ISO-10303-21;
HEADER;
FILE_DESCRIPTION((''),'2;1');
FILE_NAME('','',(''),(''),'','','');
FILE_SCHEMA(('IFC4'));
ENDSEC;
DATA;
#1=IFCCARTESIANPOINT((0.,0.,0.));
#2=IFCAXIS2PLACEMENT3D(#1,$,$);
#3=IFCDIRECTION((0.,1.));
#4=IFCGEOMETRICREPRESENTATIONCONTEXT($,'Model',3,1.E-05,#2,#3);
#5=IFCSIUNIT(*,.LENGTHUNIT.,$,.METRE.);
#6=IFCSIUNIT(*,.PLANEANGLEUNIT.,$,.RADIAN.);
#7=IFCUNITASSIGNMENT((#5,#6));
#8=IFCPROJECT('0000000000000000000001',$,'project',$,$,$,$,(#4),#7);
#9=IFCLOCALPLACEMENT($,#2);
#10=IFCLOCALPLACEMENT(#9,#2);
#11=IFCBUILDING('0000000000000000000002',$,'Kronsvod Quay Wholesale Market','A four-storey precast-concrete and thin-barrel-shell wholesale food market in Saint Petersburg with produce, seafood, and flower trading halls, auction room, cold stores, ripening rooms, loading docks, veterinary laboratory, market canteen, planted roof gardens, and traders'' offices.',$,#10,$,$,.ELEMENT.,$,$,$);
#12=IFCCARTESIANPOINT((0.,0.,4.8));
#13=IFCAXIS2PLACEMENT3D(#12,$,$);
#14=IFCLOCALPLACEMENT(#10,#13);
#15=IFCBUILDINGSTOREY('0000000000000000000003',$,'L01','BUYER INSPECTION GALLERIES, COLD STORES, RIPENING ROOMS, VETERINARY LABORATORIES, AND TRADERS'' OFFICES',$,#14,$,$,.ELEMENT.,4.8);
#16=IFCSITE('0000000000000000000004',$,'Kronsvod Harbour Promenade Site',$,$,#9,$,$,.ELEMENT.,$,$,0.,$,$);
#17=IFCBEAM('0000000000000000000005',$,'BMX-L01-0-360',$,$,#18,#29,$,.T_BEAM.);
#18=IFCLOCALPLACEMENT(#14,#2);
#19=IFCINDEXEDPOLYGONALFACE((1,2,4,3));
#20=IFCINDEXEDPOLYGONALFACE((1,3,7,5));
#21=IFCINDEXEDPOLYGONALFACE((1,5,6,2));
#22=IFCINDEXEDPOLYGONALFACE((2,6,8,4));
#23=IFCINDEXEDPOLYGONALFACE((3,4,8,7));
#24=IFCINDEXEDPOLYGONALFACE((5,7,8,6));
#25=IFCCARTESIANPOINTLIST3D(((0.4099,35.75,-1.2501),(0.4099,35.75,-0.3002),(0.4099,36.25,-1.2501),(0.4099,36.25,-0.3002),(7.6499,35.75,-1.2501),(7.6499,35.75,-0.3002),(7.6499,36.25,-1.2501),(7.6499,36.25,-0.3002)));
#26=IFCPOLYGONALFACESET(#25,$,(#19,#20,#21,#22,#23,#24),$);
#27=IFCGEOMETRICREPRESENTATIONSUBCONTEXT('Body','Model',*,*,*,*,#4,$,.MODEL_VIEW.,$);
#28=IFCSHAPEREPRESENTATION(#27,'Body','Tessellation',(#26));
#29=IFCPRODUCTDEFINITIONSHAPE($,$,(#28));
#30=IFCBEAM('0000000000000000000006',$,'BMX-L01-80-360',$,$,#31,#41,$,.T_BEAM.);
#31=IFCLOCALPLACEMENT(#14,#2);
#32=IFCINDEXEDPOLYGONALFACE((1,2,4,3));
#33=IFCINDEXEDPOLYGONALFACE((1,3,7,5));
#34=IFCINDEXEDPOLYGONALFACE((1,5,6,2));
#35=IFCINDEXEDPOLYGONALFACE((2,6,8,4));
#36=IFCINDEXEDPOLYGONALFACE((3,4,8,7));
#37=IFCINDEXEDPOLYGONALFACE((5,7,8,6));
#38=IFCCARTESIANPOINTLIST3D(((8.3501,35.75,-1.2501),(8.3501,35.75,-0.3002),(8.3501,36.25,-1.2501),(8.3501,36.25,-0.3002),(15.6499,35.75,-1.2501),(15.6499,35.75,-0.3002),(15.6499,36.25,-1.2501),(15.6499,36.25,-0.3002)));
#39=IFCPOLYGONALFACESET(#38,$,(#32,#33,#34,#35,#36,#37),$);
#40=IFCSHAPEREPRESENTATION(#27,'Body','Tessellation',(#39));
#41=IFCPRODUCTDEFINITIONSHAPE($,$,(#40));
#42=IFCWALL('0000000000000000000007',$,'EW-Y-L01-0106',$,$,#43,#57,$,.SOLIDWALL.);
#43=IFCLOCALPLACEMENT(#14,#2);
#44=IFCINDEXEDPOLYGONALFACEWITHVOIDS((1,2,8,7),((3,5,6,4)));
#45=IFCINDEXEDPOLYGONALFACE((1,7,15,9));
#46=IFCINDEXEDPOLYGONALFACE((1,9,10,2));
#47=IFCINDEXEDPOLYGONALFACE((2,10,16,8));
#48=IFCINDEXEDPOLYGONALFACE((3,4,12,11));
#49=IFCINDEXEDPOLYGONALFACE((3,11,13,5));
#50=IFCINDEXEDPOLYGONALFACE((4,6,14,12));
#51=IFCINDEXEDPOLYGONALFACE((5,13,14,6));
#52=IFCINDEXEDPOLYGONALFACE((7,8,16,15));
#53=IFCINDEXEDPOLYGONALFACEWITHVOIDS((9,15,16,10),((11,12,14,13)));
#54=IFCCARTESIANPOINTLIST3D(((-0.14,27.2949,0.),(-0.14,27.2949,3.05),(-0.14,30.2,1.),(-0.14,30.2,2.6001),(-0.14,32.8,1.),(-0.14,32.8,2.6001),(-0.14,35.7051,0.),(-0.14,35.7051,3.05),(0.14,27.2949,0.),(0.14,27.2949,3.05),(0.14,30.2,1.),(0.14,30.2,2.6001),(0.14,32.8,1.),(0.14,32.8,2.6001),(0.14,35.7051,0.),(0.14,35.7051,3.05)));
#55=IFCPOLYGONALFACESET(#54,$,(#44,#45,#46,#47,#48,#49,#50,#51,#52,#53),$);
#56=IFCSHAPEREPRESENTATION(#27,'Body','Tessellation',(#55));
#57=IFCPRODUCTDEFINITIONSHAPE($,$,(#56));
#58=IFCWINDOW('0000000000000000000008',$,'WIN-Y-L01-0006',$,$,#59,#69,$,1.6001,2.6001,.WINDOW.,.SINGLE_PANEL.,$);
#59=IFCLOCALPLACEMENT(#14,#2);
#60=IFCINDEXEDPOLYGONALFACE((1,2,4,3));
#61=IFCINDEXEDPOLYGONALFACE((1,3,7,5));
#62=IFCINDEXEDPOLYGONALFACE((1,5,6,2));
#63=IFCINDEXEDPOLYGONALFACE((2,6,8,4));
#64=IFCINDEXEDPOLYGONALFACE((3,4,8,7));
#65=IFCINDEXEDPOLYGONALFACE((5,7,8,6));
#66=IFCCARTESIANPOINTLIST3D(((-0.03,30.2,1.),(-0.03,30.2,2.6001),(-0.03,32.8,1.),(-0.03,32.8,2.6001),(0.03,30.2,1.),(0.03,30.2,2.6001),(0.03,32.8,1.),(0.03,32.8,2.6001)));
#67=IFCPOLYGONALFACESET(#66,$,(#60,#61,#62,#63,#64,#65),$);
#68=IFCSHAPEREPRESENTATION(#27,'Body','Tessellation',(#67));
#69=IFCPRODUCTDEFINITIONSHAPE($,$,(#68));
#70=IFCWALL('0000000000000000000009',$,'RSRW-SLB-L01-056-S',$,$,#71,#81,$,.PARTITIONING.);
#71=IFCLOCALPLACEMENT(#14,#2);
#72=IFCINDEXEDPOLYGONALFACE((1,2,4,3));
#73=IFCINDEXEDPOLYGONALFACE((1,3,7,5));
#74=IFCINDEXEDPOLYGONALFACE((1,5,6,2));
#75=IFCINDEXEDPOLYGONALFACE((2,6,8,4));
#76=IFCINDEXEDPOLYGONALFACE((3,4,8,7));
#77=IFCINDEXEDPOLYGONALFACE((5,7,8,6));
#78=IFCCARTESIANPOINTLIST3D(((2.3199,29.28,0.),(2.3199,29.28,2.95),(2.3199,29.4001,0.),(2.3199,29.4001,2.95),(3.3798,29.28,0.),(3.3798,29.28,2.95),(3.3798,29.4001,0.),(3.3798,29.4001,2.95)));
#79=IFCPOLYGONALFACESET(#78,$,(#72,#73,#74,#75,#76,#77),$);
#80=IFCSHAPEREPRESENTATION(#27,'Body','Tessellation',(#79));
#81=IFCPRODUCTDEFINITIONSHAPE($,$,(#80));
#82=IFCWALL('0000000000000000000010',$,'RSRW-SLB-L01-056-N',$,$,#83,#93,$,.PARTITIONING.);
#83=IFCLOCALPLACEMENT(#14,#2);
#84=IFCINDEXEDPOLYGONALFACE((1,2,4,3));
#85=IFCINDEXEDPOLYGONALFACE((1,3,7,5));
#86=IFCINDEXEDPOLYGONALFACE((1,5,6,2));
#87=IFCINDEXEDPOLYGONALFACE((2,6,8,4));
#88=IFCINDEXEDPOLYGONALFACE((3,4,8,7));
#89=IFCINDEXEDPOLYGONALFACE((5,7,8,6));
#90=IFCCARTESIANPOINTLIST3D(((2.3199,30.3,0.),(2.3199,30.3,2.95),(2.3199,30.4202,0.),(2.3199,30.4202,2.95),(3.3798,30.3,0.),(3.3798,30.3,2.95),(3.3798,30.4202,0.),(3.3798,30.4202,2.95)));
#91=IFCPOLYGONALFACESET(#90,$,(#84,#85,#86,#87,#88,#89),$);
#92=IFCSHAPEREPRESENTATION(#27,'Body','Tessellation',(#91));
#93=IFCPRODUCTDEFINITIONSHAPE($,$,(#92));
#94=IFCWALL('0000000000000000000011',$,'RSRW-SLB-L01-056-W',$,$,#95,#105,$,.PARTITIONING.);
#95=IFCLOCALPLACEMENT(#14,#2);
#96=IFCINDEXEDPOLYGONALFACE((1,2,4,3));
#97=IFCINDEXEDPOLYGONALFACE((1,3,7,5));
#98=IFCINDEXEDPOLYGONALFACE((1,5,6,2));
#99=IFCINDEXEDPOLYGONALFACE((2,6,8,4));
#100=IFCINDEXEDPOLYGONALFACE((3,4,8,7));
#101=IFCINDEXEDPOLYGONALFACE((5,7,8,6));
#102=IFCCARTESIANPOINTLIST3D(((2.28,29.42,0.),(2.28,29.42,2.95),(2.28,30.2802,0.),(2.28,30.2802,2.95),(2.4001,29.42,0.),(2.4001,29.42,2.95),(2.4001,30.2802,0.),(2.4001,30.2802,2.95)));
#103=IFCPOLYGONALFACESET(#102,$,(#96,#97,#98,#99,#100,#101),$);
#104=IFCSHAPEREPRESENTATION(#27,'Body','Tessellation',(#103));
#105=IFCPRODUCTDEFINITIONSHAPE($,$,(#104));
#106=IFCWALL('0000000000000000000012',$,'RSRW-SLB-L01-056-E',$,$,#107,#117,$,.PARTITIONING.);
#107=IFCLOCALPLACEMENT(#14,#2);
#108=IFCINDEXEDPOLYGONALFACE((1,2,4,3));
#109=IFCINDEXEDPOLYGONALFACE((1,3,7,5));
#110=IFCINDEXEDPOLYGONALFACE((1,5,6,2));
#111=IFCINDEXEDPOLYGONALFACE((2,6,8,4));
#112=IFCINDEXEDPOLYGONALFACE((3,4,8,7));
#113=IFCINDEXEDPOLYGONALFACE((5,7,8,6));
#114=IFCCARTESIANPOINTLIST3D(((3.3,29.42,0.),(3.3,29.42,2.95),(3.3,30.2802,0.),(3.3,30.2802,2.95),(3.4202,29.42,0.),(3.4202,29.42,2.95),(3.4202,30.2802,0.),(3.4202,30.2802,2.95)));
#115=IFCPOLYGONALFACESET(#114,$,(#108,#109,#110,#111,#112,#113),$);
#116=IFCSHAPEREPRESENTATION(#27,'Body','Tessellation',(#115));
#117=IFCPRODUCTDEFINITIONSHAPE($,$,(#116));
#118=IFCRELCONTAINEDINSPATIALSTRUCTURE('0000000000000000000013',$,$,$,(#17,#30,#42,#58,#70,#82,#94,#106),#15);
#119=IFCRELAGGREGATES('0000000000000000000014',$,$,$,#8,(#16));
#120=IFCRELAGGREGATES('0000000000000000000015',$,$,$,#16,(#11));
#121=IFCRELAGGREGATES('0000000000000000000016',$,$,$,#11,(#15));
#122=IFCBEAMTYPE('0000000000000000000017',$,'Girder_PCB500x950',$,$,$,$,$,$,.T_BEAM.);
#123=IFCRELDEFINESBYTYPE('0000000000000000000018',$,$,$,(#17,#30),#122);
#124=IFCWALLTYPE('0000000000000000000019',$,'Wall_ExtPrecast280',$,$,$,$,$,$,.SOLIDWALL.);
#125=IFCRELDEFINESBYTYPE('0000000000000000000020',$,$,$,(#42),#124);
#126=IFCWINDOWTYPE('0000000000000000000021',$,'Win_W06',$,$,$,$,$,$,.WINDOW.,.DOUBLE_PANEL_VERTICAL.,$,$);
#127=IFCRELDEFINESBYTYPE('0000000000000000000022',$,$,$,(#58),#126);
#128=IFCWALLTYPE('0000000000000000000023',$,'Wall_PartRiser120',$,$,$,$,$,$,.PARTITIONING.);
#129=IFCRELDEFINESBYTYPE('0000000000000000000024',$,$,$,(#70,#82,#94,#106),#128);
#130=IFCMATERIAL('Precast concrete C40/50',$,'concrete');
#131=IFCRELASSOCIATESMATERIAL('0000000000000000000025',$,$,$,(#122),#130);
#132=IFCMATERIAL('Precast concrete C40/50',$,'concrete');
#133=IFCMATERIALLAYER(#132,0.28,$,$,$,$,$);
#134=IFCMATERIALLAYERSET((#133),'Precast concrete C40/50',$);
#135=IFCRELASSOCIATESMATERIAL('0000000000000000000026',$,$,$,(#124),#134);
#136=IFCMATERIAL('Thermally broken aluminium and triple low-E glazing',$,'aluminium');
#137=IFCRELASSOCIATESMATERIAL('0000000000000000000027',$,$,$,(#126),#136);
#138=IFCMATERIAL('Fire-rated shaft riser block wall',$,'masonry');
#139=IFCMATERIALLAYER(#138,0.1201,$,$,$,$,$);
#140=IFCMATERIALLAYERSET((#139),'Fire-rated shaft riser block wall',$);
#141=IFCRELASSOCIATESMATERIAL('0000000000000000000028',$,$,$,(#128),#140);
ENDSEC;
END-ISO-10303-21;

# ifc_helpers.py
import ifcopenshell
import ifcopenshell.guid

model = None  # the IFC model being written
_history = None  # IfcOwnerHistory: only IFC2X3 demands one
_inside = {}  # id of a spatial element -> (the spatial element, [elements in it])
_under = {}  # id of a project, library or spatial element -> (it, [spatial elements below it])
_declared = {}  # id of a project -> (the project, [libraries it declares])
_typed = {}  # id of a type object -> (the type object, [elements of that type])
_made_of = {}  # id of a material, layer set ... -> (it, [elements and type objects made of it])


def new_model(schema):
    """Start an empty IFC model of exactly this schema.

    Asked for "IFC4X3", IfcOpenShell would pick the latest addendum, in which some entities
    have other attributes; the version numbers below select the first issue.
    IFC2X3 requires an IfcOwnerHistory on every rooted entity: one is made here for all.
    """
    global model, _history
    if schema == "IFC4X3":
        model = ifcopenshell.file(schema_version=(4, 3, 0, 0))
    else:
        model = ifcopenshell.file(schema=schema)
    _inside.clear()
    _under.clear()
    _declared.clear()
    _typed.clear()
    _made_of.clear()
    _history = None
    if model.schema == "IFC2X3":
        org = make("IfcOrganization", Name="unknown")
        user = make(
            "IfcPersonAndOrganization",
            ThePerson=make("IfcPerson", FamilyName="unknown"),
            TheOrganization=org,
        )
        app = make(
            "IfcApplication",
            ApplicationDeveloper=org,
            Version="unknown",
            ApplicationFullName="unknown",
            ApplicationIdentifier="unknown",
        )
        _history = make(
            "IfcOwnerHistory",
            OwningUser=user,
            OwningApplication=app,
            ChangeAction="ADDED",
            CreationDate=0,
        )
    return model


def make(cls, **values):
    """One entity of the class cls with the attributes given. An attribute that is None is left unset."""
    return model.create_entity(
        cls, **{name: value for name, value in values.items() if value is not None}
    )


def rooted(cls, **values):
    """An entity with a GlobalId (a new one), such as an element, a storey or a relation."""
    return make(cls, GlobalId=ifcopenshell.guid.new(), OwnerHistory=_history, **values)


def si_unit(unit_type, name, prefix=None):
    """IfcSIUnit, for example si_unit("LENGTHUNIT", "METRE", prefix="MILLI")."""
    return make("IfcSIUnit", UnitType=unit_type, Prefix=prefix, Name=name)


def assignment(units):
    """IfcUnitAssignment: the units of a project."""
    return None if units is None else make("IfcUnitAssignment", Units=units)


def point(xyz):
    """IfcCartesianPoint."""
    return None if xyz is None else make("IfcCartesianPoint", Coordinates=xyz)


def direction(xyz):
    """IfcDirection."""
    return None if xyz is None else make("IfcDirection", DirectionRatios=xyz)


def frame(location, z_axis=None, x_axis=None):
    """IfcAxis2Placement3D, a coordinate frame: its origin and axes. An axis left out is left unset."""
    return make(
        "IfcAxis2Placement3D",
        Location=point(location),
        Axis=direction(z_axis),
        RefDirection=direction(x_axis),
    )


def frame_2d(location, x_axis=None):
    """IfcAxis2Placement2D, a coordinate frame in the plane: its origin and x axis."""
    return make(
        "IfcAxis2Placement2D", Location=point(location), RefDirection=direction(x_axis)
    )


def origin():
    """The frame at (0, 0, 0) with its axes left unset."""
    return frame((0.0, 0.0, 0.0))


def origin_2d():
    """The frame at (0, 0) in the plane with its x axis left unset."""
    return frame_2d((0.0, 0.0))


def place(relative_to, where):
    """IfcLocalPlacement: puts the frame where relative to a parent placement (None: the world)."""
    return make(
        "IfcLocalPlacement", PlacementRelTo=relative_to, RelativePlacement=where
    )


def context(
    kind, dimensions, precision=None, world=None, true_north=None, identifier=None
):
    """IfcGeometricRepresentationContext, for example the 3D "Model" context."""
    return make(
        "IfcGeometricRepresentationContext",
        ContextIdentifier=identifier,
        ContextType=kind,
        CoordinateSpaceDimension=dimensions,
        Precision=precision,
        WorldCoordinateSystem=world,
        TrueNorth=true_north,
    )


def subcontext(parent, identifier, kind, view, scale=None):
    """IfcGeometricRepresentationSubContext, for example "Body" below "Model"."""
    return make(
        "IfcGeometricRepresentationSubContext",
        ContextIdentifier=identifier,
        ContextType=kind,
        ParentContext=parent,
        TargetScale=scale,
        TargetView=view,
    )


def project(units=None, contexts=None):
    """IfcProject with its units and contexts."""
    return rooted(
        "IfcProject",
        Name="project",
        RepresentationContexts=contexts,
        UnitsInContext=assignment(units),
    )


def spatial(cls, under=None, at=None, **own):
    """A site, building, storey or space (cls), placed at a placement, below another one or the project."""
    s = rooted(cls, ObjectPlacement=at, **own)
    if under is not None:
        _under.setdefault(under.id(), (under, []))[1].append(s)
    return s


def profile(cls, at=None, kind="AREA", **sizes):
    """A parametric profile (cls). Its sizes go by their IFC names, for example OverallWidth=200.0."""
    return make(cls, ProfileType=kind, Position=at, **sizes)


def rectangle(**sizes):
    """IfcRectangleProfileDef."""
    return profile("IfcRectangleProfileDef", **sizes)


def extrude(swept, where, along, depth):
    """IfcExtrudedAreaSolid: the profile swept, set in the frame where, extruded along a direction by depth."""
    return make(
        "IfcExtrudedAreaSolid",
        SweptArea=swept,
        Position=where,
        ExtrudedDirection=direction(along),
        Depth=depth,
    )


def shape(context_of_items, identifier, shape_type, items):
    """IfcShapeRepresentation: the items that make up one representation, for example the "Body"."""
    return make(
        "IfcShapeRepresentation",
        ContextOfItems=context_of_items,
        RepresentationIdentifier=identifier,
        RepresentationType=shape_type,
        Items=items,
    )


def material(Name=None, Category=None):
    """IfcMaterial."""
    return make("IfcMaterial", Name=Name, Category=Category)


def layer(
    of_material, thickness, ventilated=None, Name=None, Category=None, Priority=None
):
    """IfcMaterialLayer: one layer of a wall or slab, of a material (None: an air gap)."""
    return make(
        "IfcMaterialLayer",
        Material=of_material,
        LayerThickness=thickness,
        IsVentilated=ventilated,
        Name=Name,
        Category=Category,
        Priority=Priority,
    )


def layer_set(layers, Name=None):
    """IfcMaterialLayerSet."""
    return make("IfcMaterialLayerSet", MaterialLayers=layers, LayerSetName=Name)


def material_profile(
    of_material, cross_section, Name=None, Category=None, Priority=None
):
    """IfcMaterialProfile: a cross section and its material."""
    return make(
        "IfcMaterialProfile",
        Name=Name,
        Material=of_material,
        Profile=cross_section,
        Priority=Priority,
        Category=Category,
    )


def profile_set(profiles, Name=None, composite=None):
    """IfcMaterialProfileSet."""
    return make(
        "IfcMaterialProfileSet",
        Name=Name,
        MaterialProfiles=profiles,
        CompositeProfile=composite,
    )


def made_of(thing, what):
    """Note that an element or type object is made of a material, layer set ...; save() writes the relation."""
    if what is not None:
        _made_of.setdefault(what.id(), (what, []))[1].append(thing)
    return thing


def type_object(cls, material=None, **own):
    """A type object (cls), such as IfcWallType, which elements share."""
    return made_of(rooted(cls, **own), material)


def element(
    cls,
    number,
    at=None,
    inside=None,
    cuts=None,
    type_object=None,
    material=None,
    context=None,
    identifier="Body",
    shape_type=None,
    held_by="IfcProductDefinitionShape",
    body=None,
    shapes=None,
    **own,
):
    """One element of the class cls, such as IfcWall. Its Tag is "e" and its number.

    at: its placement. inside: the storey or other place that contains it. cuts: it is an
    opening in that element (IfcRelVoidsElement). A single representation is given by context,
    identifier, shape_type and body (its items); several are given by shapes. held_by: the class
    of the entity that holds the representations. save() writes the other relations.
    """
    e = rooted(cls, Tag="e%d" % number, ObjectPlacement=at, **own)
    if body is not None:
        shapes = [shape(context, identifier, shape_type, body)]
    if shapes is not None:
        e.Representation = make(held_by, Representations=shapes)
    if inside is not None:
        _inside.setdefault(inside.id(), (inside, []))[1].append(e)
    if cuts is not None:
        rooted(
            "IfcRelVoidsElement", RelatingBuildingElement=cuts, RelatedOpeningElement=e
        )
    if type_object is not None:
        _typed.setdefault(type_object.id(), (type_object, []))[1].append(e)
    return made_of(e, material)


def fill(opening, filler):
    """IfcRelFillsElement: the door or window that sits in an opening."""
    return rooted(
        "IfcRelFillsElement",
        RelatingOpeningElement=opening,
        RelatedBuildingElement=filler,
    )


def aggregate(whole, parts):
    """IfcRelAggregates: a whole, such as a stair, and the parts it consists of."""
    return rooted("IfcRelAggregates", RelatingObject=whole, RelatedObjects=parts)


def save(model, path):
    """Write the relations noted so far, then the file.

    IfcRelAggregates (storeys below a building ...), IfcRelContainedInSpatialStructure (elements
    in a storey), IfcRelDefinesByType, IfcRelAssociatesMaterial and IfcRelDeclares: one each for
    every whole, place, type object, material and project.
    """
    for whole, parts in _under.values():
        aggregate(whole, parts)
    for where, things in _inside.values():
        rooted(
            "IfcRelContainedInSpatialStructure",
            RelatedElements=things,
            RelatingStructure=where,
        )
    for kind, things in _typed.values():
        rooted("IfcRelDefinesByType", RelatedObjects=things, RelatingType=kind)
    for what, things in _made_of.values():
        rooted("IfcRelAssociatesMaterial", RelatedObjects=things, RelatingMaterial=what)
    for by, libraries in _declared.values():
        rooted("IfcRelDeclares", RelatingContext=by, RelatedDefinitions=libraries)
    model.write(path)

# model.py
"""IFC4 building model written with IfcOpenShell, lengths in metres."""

from ifc_helpers import new_model, si_unit, direction, frame, frame_2d, origin, origin_2d, place, context, subcontext, project, spatial, rectangle, extrude, material, layer, layer_set, material_profile, profile_set, type_object, element, fill, save


model = new_model("IFC4")

# Units and contexts
model_context = context("Model", 3, precision=1e-05, world=origin(), true_north=direction((0.0, 1.0)))
body_context = subcontext(model_context, "Body", "Model", "MODEL_VIEW")
ifc_project = project(units=[si_unit("LENGTHUNIT", "METRE"), si_unit("PLANEANGLEUNIT", "RADIAN")], contexts=[model_context])

# Site, building, storey
site_placement = place(None, origin())
site = spatial("IfcSite", under=ifc_project, at=site_placement, Name="Kronsvod Harbour Promenade Site", CompositionType="ELEMENT", RefElevation=0.0)
building_placement = place(site_placement, origin())
building = spatial("IfcBuilding", under=site, at=building_placement, Name="Kronsvod Quay Wholesale Market", Description="A four-storey precast-concrete and thin-barrel-shell wholesale food market in Saint Petersburg with produce, seafood, and flower trading halls, auction room, cold stores, ripening rooms, loading docks, veterinary laboratory, market canteen, planted roof gardens, and traders' offices.", CompositionType="ELEMENT")
storey_placement = place(building_placement, frame((0.0, 0.0, 4.8)))
storey = spatial("IfcBuildingStorey", under=building, at=storey_placement, Name="L01", Description="BUYER INSPECTION GALLERIES, COLD STORES, RIPENING ROOMS, VETERINARY LABORATORIES, AND TRADERS' OFFICES", CompositionType="ELEMENT", Elevation=4.8)

# Beams
ifc_material_1 = material(Name="Precast concrete C40/50", Category="concrete")
ifc_material_profile_1 = material_profile(ifc_material_1, rectangle(XDim=0.5, YDim=0.95, at=origin_2d()), Name="PCB500x950")
ifc_profile_set_1 = profile_set([ifc_material_profile_1], Name="Precast concrete C40/50")
beam_type_1 = type_object("IfcBeamType", Name="Girder_PCB500x950", PredefinedType="T_BEAM", material=ifc_profile_set_1)
beam_1_placement = place(storey_placement, frame((0.4099, 36.0, -0.7751), z_axis=(1.0, 0.0, 0.0), x_axis=(0.0, 1.0, 0.0)))
element("IfcBeam", 1, at=beam_1_placement, inside=storey, type_object=beam_type_1, Name="BMX-L01-0-360", PredefinedType="T_BEAM", context=body_context, shape_type="SweptSolid", body=[
    extrude(rectangle(XDim=0.5, YDim=0.95, at=origin_2d()), origin(), (0.0, 0.0, 1.0), 7.24),
])
beam_2_placement = place(storey_placement, frame((8.3501, 36.0, -0.7751), z_axis=(1.0, 0.0, 0.0), x_axis=(0.0, 1.0, 0.0)))
element("IfcBeam", 2, at=beam_2_placement, inside=storey, type_object=beam_type_1, Name="BMX-L01-80-360", PredefinedType="T_BEAM", context=body_context, shape_type="SweptSolid", body=[
    extrude(rectangle(XDim=0.5, YDim=0.95, at=origin_2d()), origin(), (0.0, 0.0, 1.0), 7.2998),
])

# Wall, opening, window
ifc_material_2 = material(Name="Precast concrete C40/50", Category="concrete")
ifc_layer_1 = layer(ifc_material_2, 0.28)
ifc_layer_set_1 = layer_set([ifc_layer_1], Name="Precast concrete C40/50")
wall_type_1 = type_object("IfcWallType", Name="Wall_ExtPrecast280", PredefinedType="SOLIDWALL", material=ifc_layer_set_1)
wall_placement = place(storey_placement, frame((0.0, 35.7051, 0.0), z_axis=(0.0, 0.0, 1.0), x_axis=(0.0, -1.0, 0.0)))
wall = element("IfcWall", 3, at=wall_placement, inside=storey, type_object=wall_type_1, Name="EW-Y-L01-0106", PredefinedType="SOLIDWALL", context=body_context, shape_type="SweptSolid", body=[
    extrude(rectangle(XDim=8.4102, YDim=0.28, at=frame_2d((4.2051, 0.0))), origin(), (0.0, 0.0, 1.0), 3.05),
])
opening_placement = place(wall_placement, frame((2.905, 0.0, 1.0)))
opening = element("IfcOpeningElement", 4, at=opening_placement, cuts=wall, PredefinedType="OPENING", context=body_context, shape_type="SweptSolid", body=[
    extrude(rectangle(XDim=2.6001, YDim=1.6001, at=frame_2d((1.3, 0.8))), frame((0.0, 0.1499, 0.0), z_axis=(0.0, -1.0, 0.0), x_axis=(1.0, 0.0, 0.0)), (0.0, 0.0, 1.0), 0.3),
])
ifc_material_3 = material(Name="Thermally broken aluminium and triple low-E glazing", Category="aluminium")
window_type = type_object("IfcWindowType", Name="Win_W06", PartitioningType="DOUBLE_PANEL_VERTICAL", PredefinedType="WINDOW", material=ifc_material_3)
window_placement = place(opening_placement, origin())
window = element("IfcWindow", 5, at=window_placement, inside=storey, type_object=window_type, Name="WIN-Y-L01-0006", OverallHeight=1.6001, OverallWidth=2.6001, PartitioningType="SINGLE_PANEL", PredefinedType="WINDOW", context=body_context, shape_type="SweptSolid", body=[
    extrude(rectangle(XDim=2.6001, YDim=1.6001, at=frame_2d((1.3, 0.8))), frame((0.0, 0.03, 0.0), z_axis=(0.0, -1.0, 0.0), x_axis=(1.0, 0.0, 0.0)), (0.0, 0.0, 1.0), 0.0601),
])
fill(opening, window)

# Walls
ifc_material_4 = material(Name="Fire-rated shaft riser block wall", Category="masonry")
ifc_layer_2 = layer(ifc_material_4, 0.1201)
ifc_layer_set_2 = layer_set([ifc_layer_2], Name="Fire-rated shaft riser block wall")
wall_type_2 = type_object("IfcWallType", Name="Wall_PartRiser120", PredefinedType="PARTITIONING", material=ifc_layer_set_2)
for number, where, z_axis, x_axis, name in (
    (6, (2.3201, 29.3401, 0.0), (0.0, 0.0, 1.0), (1.0, 0.0, 0.0), "RSRW-SLB-L01-056-S"),
    (7, (2.3201, 30.3601, 0.0), (0.0, 0.0, 1.0), (1.0, 0.0, 0.0), "RSRW-SLB-L01-056-N"),
):
    element("IfcWall", number, at=place(storey_placement, frame(where, z_axis=z_axis, x_axis=x_axis)), inside=storey, type_object=wall_type_2, Name=name, PredefinedType="PARTITIONING", context=body_context, shape_type="SweptSolid", body=[
        extrude(rectangle(XDim=1.0598, YDim=0.1201, at=frame_2d((0.5298, 0.0))), origin(), (0.0, 0.0, 1.0), 2.95),
    ])
for number, where, z_axis, x_axis, name in (
    (8, (2.3401, 29.4199, 0.0), (0.0, 0.0, 1.0), (0.0, 1.0, 0.0), "RSRW-SLB-L01-056-W"),
    (9, (3.3601, 29.4199, 0.0), (0.0, 0.0, 1.0), (0.0, 1.0, 0.0), "RSRW-SLB-L01-056-E"),
):
    element("IfcWall", number, at=place(storey_placement, frame(where, z_axis=z_axis, x_axis=x_axis)), inside=storey, type_object=wall_type_2, Name=name, PredefinedType="PARTITIONING", context=body_context, shape_type="SweptSolid", body=[
        extrude(rectangle(XDim=0.8601, YDim=0.1201, at=frame_2d((0.4302, 0.0))), origin(), (0.0, 0.0, 1.0), 2.95),
    ])

save(model, "model.ifc")
